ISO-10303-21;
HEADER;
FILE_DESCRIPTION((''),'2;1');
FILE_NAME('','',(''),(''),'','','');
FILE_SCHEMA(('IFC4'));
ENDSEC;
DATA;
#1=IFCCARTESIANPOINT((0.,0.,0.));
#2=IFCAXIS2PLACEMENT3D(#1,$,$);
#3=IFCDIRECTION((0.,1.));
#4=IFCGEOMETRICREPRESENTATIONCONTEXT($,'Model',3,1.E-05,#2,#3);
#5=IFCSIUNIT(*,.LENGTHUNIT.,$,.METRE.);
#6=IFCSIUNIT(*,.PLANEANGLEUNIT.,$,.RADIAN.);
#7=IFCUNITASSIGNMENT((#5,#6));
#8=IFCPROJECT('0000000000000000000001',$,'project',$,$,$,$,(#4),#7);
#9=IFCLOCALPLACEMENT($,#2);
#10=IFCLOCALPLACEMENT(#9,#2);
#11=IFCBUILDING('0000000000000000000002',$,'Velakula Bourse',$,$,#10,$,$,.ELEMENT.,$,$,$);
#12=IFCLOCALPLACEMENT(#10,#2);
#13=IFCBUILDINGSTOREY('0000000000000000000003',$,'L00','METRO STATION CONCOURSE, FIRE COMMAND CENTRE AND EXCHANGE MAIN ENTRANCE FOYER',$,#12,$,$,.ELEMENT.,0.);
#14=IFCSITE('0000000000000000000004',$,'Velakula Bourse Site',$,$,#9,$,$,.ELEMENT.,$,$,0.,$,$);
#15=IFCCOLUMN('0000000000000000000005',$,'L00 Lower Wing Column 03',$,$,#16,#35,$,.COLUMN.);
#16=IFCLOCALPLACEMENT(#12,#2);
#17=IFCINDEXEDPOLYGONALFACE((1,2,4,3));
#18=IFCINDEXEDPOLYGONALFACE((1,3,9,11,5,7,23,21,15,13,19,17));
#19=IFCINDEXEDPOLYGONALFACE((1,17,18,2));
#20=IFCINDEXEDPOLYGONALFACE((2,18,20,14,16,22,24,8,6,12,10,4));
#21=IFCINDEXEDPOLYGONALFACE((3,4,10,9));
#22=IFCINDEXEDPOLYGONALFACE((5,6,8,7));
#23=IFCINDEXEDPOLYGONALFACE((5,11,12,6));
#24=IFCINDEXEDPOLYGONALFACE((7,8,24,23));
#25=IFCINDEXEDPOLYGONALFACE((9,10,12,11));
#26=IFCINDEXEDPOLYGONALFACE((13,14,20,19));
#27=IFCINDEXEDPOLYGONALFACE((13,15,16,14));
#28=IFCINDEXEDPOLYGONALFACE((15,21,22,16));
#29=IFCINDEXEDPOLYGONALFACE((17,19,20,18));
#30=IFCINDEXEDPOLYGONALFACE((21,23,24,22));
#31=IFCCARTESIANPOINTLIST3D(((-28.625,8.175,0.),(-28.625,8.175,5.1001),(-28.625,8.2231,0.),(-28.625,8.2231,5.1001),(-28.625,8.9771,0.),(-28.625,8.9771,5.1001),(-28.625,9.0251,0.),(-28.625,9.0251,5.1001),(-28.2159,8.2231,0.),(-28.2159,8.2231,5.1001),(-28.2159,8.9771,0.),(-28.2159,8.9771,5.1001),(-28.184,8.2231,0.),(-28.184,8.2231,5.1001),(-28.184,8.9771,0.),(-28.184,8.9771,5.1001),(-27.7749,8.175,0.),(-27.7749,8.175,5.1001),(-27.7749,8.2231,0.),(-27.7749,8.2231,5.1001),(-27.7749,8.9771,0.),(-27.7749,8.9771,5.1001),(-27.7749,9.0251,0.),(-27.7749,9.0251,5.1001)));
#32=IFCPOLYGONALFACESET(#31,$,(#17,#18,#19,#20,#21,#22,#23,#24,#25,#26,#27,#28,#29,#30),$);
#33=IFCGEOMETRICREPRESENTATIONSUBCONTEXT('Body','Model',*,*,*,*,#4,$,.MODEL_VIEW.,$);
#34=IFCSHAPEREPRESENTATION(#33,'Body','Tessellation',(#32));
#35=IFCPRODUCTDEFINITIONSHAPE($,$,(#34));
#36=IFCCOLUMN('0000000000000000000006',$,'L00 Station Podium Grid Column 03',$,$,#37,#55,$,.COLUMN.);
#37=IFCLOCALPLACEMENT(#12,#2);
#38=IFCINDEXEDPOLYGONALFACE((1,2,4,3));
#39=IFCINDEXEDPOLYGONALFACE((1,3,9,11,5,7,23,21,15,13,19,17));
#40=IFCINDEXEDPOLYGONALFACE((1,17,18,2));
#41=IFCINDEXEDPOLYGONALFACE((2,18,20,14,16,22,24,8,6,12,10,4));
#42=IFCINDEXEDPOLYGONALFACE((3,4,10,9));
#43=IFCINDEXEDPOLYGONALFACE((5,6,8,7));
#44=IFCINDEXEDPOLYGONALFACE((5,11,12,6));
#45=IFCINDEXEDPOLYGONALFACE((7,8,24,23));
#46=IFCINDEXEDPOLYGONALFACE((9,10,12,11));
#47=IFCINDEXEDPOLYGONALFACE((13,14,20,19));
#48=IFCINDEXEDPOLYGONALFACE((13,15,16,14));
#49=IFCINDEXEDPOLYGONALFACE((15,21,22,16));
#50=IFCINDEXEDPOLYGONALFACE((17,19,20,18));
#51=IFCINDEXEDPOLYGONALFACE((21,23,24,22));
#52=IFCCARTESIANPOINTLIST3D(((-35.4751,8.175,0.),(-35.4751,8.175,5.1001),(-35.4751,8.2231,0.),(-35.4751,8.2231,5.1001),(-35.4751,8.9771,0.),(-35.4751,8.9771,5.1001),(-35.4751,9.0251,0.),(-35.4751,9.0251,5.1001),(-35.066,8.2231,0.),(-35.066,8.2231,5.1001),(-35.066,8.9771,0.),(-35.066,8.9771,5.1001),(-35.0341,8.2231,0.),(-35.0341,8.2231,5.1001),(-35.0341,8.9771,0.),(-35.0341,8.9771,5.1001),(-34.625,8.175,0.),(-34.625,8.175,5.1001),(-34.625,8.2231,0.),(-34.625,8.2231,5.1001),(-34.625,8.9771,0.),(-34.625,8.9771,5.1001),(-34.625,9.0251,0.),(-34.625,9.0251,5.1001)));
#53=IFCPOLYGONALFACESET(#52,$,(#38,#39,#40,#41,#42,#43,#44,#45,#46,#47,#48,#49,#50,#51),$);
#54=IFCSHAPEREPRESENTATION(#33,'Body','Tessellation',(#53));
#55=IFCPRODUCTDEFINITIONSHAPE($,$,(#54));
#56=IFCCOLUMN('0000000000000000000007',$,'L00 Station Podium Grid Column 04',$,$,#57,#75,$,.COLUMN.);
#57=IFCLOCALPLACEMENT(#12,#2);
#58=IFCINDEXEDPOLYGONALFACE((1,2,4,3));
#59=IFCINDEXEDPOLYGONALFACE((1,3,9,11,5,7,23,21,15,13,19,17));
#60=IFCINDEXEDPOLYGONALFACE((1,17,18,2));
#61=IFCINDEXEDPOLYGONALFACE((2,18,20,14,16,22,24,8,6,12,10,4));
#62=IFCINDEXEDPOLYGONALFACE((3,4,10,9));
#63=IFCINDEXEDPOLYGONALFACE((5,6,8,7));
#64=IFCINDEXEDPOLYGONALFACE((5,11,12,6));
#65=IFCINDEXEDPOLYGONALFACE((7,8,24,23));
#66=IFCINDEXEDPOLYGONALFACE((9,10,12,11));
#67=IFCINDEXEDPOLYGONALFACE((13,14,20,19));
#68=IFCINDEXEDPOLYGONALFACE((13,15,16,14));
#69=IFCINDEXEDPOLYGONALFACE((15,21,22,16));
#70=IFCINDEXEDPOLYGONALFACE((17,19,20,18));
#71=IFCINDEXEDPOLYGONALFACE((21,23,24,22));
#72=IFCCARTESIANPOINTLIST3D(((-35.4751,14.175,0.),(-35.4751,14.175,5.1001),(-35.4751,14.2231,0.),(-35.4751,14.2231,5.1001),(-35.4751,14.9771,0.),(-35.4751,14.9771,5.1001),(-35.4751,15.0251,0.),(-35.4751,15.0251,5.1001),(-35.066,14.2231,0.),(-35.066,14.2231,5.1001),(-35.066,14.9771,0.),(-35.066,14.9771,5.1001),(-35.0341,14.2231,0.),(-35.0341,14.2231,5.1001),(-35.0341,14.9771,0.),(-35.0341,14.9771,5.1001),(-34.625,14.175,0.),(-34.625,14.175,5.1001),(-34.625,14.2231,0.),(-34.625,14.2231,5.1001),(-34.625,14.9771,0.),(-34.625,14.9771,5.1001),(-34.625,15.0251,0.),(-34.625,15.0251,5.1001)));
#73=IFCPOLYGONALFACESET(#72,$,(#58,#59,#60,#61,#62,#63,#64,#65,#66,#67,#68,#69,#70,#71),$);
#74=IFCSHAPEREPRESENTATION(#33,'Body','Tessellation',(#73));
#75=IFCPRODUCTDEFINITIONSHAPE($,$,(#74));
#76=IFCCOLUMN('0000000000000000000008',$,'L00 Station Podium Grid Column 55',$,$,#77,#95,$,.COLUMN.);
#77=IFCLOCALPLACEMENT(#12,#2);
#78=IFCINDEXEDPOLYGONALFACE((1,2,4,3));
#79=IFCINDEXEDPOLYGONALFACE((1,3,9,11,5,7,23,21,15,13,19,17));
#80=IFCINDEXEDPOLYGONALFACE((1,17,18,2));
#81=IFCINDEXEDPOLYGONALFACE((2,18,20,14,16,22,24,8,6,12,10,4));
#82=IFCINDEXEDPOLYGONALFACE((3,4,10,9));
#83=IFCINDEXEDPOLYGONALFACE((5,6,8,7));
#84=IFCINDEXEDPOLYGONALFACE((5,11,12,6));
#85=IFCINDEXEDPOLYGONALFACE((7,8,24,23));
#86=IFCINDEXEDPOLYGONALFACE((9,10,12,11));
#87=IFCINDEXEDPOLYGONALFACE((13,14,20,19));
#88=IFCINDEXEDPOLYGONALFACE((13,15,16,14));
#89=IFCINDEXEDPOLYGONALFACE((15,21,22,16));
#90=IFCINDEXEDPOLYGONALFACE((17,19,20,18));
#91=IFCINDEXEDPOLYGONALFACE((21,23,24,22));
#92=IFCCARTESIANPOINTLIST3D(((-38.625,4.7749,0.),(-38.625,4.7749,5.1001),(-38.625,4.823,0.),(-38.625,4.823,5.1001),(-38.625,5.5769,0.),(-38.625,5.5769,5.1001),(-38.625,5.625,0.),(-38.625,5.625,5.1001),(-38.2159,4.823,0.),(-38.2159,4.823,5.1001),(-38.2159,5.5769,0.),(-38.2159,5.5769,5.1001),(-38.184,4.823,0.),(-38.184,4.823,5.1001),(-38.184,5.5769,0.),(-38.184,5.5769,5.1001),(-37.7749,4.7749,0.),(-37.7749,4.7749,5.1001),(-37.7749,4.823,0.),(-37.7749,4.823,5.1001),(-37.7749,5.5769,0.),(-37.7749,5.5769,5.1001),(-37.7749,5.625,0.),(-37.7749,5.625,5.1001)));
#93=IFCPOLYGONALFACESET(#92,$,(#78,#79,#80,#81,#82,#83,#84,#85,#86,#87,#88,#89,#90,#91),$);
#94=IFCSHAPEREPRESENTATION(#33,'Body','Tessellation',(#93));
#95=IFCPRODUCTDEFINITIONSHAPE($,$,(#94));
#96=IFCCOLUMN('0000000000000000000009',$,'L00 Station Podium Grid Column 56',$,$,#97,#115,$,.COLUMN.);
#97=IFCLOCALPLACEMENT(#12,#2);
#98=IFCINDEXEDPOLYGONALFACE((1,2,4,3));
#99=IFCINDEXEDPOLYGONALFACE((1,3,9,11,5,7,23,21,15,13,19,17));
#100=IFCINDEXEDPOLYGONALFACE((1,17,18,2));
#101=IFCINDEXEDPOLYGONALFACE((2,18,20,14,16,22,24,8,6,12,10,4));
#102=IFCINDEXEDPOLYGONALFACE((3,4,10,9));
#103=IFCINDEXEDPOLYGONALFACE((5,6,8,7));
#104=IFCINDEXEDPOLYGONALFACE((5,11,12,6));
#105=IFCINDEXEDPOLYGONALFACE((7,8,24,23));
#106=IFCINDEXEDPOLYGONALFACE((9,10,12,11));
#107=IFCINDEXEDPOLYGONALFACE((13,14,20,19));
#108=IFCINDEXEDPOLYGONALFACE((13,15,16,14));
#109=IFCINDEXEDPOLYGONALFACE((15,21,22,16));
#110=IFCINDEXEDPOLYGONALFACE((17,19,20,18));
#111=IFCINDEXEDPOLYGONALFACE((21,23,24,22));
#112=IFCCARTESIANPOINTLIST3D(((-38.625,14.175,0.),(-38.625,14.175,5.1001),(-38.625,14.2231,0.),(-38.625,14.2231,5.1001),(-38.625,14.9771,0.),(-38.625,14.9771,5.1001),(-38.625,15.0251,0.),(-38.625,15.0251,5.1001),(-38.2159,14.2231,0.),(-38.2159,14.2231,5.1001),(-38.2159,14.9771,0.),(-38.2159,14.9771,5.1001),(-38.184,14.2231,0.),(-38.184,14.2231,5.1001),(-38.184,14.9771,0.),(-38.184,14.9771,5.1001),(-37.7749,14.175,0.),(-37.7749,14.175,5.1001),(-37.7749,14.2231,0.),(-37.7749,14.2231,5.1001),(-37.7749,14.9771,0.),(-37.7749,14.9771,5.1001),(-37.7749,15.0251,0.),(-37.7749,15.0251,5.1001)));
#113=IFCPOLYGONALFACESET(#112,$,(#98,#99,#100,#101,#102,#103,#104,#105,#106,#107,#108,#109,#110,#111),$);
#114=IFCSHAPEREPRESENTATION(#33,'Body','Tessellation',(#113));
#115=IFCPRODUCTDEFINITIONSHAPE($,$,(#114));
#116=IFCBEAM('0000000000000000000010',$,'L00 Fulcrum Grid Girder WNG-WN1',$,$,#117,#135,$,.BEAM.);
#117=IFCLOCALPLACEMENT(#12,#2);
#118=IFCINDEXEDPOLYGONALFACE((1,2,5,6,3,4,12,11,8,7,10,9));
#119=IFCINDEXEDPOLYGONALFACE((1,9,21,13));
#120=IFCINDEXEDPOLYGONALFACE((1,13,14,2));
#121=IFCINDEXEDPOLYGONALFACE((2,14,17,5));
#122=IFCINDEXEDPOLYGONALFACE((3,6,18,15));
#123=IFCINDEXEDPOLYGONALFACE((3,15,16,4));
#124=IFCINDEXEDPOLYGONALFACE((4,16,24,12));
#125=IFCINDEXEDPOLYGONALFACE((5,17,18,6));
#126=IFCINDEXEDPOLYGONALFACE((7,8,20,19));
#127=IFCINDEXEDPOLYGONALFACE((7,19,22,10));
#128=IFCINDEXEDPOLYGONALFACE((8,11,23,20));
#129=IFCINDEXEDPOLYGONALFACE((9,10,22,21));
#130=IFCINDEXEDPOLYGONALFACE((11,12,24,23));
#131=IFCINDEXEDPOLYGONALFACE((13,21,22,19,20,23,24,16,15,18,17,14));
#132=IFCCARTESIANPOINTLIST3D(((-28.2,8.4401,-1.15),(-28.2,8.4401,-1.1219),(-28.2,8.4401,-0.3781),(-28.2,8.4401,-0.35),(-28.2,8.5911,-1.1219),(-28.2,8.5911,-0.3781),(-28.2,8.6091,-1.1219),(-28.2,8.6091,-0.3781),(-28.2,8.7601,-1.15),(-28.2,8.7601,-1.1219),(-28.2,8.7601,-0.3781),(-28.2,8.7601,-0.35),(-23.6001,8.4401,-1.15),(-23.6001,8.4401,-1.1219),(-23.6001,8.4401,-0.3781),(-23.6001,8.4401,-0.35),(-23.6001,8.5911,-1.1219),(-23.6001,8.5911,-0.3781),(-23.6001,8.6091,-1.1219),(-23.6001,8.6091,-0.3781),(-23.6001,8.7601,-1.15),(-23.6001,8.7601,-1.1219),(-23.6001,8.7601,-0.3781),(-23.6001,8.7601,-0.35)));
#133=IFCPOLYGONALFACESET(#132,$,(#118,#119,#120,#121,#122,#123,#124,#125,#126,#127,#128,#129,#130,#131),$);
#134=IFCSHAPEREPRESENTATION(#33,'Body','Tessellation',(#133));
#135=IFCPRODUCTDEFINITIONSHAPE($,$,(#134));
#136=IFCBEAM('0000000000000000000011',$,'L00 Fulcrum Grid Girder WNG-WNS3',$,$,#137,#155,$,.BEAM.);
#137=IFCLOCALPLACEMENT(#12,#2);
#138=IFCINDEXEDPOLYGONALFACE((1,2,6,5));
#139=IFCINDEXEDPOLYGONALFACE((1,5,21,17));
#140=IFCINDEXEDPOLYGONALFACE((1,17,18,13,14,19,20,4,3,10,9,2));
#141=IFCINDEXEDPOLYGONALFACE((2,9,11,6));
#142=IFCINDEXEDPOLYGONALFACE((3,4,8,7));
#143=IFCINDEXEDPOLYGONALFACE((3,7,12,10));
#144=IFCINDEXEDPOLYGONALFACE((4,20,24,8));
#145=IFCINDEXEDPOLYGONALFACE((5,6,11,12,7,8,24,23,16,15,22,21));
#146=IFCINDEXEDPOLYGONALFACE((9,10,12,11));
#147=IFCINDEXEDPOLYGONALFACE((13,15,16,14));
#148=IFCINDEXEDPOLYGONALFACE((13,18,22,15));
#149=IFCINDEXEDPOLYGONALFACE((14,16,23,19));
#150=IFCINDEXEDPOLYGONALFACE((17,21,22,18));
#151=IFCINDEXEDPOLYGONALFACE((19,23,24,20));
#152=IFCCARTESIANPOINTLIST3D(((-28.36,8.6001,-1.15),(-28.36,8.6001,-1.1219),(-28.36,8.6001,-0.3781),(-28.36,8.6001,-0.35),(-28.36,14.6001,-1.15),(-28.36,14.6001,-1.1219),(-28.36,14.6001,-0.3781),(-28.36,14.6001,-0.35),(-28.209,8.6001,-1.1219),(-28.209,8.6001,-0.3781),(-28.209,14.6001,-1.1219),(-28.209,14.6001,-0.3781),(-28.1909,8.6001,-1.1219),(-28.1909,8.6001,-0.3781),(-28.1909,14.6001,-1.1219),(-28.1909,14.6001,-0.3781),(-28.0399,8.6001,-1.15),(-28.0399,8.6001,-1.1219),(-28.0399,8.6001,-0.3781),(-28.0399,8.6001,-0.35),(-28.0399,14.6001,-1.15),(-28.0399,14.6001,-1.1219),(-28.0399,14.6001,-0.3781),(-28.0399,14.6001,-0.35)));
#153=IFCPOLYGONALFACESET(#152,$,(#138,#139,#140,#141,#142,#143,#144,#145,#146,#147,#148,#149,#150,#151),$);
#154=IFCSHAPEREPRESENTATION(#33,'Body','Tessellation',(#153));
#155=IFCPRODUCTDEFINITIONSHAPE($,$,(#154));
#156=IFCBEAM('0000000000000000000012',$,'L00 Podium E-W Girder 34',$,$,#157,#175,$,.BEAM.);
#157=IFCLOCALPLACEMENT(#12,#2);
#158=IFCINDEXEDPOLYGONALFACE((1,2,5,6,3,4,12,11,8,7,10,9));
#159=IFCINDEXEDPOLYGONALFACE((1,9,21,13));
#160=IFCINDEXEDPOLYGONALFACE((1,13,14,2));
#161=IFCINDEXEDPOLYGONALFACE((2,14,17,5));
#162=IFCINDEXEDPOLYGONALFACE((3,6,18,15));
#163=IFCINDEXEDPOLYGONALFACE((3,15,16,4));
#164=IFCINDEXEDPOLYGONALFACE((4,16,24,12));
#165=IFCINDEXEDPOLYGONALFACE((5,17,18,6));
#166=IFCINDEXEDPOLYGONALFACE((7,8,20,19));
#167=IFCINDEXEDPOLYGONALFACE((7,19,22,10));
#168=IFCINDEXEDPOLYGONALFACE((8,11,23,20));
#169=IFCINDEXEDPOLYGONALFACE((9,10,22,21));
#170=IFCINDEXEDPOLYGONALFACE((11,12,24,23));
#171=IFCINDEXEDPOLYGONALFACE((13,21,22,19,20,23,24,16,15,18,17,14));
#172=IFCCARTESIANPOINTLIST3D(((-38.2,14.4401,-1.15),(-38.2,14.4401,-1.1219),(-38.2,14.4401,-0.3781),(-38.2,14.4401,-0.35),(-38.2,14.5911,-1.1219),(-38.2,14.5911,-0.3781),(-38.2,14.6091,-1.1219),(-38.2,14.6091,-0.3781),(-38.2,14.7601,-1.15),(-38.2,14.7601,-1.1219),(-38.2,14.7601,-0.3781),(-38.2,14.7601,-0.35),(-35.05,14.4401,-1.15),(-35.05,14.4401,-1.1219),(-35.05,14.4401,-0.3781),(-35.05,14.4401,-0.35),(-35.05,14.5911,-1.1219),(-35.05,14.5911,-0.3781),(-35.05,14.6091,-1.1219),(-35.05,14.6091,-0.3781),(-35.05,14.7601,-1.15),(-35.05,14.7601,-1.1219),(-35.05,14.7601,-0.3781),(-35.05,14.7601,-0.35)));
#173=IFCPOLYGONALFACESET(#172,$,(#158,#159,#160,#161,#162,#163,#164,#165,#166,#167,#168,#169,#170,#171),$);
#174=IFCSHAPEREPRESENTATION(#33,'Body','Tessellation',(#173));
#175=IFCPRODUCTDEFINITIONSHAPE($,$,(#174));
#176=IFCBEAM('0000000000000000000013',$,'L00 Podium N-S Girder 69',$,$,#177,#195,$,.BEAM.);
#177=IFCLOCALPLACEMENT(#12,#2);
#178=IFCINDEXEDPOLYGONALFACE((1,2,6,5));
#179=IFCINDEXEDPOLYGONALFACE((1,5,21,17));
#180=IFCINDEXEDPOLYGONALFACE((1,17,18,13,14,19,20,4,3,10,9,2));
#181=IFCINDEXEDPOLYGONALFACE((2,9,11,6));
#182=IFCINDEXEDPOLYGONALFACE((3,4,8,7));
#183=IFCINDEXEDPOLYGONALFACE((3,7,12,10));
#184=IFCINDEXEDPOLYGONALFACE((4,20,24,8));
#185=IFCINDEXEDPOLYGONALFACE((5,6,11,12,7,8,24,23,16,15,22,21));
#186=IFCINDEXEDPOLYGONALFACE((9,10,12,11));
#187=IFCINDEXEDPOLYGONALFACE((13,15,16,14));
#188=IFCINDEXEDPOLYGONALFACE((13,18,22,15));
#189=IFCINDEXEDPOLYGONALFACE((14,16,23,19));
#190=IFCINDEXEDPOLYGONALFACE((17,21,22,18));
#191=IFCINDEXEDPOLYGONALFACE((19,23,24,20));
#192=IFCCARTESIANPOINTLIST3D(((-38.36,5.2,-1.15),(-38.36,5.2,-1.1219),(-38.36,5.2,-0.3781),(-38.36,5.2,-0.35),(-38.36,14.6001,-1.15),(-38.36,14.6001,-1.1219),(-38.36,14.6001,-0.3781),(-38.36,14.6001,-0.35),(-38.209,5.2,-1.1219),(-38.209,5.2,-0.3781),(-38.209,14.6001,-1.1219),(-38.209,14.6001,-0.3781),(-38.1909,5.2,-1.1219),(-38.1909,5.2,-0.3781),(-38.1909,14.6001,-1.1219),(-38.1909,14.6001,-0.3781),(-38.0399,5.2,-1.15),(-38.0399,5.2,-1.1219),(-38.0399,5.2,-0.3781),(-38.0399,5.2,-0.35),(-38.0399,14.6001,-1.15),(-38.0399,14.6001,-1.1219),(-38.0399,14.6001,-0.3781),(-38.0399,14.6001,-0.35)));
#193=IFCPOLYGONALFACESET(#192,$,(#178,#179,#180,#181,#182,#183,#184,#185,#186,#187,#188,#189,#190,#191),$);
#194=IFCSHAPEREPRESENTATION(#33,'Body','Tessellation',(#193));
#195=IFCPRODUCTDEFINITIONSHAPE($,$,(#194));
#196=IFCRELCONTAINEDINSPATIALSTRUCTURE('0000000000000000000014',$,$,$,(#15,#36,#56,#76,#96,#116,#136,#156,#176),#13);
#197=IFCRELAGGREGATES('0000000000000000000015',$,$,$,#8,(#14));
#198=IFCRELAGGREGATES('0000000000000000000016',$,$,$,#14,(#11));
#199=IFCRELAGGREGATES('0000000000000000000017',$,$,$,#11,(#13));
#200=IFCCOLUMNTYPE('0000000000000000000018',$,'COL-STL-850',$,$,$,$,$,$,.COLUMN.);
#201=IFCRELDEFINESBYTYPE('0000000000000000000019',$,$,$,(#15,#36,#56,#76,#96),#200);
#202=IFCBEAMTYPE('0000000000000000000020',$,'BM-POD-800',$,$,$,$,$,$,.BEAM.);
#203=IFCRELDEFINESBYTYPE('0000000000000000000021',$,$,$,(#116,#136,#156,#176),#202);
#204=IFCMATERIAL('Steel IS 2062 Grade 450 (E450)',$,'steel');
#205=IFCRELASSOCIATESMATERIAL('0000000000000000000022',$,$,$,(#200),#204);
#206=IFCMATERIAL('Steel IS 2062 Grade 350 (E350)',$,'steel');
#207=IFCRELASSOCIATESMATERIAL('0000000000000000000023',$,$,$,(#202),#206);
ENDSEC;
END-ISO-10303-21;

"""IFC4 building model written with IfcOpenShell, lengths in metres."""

from ifc_helpers import new_model, si_unit, direction, frame, origin, origin_2d, place, context, subcontext, project, spatial, i_section, extrude, material, material_profile, profile_set, type_object, element, save


model = new_model("IFC4")

# Units and contexts
model_context = context("Model", 3, precision=1e-05, world=origin(), true_north=direction((0.0, 1.0)))
body_context = subcontext(model_context, "Body", "Model", "MODEL_VIEW")
ifc_project = project(units=[si_unit("LENGTHUNIT", "METRE"), si_unit("PLANEANGLEUNIT", "RADIAN")], contexts=[model_context])

# Site, building, storey
site_placement = place(None, origin())
site = spatial("IfcSite", under=ifc_project, at=site_placement, Name="Velakula Bourse Site", CompositionType="ELEMENT", RefElevation=0.0)
building_placement = place(site_placement, origin())
building = spatial("IfcBuilding", under=site, at=building_placement, Name="Velakula Bourse", CompositionType="ELEMENT")
storey_placement = place(building_placement, origin())
storey = spatial("IfcBuildingStorey", under=building, at=storey_placement, Name="L00", Description="METRO STATION CONCOURSE, FIRE COMMAND CENTRE AND EXCHANGE MAIN ENTRANCE FOYER", CompositionType="ELEMENT", Elevation=0.0)

# Columns
ifc_material_1 = material(Name="Steel IS 2062 Grade 450 (E450)", Category="steel")
ifc_material_profile_1 = material_profile(ifc_material_1, i_section(OverallWidth=0.8501, OverallDepth=0.8501, WebThickness=0.032, FlangeThickness=0.0481, at=origin_2d()), Name="Steel IS 2062 Grade 450 (E450)")
ifc_profile_set_1 = profile_set([ifc_material_profile_1], Name="Steel IS 2062 Grade 450 (E450)")
column_type = type_object("IfcColumnType", Name="COL-STL-850", PredefinedType="COLUMN", material=ifc_profile_set_1)
for number, where, z_axis, x_axis, name in (
    (1, (-28.2, 8.6001, 0.0), (0.0, 0.0, 1.0), (1.0, 0.0, 0.0), "L00 Lower Wing Column 03"),
    (2, (-35.05, 8.6001, 0.0), (0.0, 0.0, 1.0), (1.0, 0.0, 0.0), "L00 Station Podium Grid Column 03"),
    (3, (-35.05, 14.6001, 0.0), (0.0, 0.0, 1.0), (1.0, 0.0, 0.0), "L00 Station Podium Grid Column 04"),
    (4, (-38.2, 5.2, 0.0), (0.0, 0.0, 1.0), (1.0, 0.0, 0.0), "L00 Station Podium Grid Column 55"),
    (5, (-38.2, 14.6001, 0.0), (0.0, 0.0, 1.0), (1.0, 0.0, 0.0), "L00 Station Podium Grid Column 56"),
):
    element("IfcColumn", number, at=place(storey_placement, frame(where, z_axis=z_axis, x_axis=x_axis)), inside=storey, type_object=column_type, Name=name, PredefinedType="COLUMN", context=body_context, shape_type="SweptSolid", body=[
        extrude(i_section(OverallWidth=0.8501, OverallDepth=0.8501, WebThickness=0.032, FlangeThickness=0.0481, at=origin_2d()), origin(), (0.0, 0.0, 1.0), 5.1001),
    ])

# Beams
ifc_material_2 = material(Name="Steel IS 2062 Grade 350 (E350)", Category="steel")
ifc_material_profile_2 = material_profile(ifc_material_2, i_section(OverallWidth=0.3201, OverallDepth=0.8, WebThickness=0.0181, FlangeThickness=0.0281, at=origin_2d()), Name="Steel IS 2062 Grade 350 (E350)")
ifc_profile_set_2 = profile_set([ifc_material_profile_2], Name="Steel IS 2062 Grade 350 (E350)")
beam_type_1 = type_object("IfcBeamType", Name="BM-POD-800", PredefinedType="BEAM", material=ifc_profile_set_2)
beam_1_placement = place(storey_placement, frame((-28.2, 8.6001, -0.75), z_axis=(1.0, 0.0, 0.0), x_axis=(0.0, 1.0, 0.0)))
element("IfcBeam", 6, at=beam_1_placement, inside=storey, type_object=beam_type_1, Name="L00 Fulcrum Grid Girder WNG-WN1", PredefinedType="BEAM", context=body_context, shape_type="SweptSolid", body=[
    extrude(i_section(OverallWidth=0.3201, OverallDepth=0.8, WebThickness=0.0181, FlangeThickness=0.0281, at=origin_2d()), origin(), (0.0, 0.0, 1.0), 4.5999),
])
beam_2_placement = place(storey_placement, frame((-28.2, 8.6001, -0.75), z_axis=(0.0, 1.0, 0.0), x_axis=(-1.0, 0.0, 0.0)))
element("IfcBeam", 7, at=beam_2_placement, inside=storey, type_object=beam_type_1, Name="L00 Fulcrum Grid Girder WNG-WNS3", PredefinedType="BEAM", context=body_context, shape_type="SweptSolid", body=[
    extrude(i_section(OverallWidth=0.3201, OverallDepth=0.8, WebThickness=0.0181, FlangeThickness=0.0281, at=origin_2d()), origin(), (0.0, 0.0, 1.0), 6.0),
])
beam_3_placement = place(storey_placement, frame((-38.2, 14.6001, -0.75), z_axis=(1.0, 0.0, 0.0), x_axis=(0.0, 1.0, 0.0)))
element("IfcBeam", 8, at=beam_3_placement, inside=storey, type_object=beam_type_1, Name="L00 Podium E-W Girder 34", PredefinedType="BEAM", context=body_context, shape_type="SweptSolid", body=[
    extrude(i_section(OverallWidth=0.3201, OverallDepth=0.8, WebThickness=0.0181, FlangeThickness=0.0281, at=origin_2d()), origin(), (0.0, 0.0, 1.0), 3.1499),
])
beam_4_placement = place(storey_placement, frame((-38.2, 5.2, -0.75), z_axis=(0.0, 1.0, 0.0), x_axis=(-1.0, 0.0, 0.0)))
element("IfcBeam", 9, at=beam_4_placement, inside=storey, type_object=beam_type_1, Name="L00 Podium N-S Girder 69", PredefinedType="BEAM", context=body_context, shape_type="SweptSolid", body=[
    extrude(i_section(OverallWidth=0.3201, OverallDepth=0.8, WebThickness=0.0181, FlangeThickness=0.0281, at=origin_2d()), origin(), (0.0, 0.0, 1.0), 9.4001),
])

save(model, "model.ifc")
